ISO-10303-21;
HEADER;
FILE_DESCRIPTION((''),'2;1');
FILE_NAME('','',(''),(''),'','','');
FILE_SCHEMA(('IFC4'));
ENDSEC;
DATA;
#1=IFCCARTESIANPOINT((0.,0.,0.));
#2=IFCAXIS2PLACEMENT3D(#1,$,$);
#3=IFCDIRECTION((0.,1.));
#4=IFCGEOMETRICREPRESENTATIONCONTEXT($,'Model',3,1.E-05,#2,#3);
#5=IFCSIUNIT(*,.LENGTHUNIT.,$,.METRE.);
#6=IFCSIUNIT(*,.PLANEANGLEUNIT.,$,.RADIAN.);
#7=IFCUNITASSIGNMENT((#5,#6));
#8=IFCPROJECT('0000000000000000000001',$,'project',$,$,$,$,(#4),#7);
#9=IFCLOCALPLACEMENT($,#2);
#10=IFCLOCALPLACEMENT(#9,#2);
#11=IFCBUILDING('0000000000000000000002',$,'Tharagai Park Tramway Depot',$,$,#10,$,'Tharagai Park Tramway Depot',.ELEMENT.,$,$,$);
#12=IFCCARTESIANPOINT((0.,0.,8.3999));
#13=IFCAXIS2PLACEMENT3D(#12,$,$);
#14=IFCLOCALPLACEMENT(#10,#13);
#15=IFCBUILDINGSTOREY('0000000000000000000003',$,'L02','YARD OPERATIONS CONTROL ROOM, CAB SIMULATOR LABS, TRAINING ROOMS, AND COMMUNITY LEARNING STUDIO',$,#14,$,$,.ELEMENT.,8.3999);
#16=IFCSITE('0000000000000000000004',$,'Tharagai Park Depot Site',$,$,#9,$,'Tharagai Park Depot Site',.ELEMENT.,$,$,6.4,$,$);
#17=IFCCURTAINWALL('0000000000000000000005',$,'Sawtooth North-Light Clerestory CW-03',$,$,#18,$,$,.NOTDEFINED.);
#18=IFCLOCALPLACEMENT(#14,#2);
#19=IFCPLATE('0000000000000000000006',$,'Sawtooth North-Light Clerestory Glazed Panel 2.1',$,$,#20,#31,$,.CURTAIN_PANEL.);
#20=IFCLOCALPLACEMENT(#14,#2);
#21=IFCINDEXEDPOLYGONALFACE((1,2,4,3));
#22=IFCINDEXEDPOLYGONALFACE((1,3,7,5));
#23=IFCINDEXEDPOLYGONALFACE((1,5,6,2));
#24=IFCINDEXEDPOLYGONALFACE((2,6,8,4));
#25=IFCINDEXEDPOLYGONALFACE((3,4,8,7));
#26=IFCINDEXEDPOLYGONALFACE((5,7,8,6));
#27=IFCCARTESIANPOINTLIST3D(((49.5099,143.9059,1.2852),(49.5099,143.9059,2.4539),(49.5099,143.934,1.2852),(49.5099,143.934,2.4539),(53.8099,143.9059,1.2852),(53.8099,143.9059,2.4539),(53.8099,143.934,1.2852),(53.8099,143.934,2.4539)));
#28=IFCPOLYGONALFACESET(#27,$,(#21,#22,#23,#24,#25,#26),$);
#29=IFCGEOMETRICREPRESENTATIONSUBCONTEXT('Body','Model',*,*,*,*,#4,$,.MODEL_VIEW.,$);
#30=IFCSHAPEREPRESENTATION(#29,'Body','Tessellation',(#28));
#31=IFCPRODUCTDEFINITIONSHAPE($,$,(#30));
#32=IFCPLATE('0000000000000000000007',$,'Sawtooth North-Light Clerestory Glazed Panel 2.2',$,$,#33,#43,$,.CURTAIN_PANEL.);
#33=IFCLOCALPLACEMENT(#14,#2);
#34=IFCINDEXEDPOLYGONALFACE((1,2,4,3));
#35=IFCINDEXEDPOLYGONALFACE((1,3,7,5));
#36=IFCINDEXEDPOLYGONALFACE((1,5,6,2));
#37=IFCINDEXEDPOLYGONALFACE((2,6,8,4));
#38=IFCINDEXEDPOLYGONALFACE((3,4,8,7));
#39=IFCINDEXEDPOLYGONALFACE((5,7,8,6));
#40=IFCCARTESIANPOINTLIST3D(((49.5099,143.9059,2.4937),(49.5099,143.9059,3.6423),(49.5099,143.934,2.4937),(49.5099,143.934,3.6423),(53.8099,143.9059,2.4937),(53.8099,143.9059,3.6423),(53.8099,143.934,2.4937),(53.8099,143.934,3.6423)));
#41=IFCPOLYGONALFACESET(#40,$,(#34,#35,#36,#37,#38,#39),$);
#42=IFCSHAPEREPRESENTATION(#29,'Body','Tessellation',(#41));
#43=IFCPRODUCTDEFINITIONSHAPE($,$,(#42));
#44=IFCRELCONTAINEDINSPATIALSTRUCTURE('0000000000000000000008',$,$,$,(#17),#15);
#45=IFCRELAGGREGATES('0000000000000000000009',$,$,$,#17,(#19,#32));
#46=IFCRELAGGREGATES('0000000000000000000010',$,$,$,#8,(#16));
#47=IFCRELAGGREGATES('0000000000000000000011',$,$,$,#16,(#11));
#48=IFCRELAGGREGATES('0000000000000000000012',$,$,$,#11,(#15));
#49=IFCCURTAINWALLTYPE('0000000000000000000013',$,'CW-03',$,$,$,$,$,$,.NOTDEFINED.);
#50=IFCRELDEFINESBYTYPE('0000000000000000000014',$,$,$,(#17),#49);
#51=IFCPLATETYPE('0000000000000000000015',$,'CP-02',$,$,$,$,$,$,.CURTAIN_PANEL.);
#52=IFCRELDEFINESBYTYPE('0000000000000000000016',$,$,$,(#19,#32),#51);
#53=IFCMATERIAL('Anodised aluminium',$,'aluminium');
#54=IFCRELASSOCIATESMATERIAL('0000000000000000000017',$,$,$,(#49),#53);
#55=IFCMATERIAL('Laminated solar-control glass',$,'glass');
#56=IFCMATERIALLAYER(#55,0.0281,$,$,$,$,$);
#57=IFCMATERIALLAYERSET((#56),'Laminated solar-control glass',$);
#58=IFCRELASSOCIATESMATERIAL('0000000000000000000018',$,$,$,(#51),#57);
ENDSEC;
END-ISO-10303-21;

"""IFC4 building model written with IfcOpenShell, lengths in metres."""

from ifc_helpers import new_model, si_unit, direction, frame, origin, origin_2d, place, context, subcontext, project, spatial, rectangle, extrude, material, layer, layer_set, type_object, element, aggregate, save


model = new_model("IFC4")

# Units and contexts
model_context = context("Model", 3, precision=1e-05, world=origin(), true_north=direction((0.0, 1.0)))
body_context = subcontext(model_context, "Body", "Model", "MODEL_VIEW")
ifc_project = project(units=[si_unit("LENGTHUNIT", "METRE"), si_unit("PLANEANGLEUNIT", "RADIAN")], contexts=[model_context])

# Site, building, storey
site_placement = place(None, origin())
site = spatial("IfcSite", under=ifc_project, at=site_placement, Name="Tharagai Park Depot Site", LongName="Tharagai Park Depot Site", CompositionType="ELEMENT", RefElevation=6.4)
building_placement = place(site_placement, origin())
building = spatial("IfcBuilding", under=site, at=building_placement, Name="Tharagai Park Tramway Depot", LongName="Tharagai Park Tramway Depot", CompositionType="ELEMENT")
storey_placement = place(building_placement, frame((0.0, 0.0, 8.3999)))
storey = spatial("IfcBuildingStorey", under=building, at=storey_placement, Name="L02", Description="YARD OPERATIONS CONTROL ROOM, CAB SIMULATOR LABS, TRAINING ROOMS, AND COMMUNITY LEARNING STUDIO", CompositionType="ELEMENT", Elevation=8.3999)

# Curtain wall
ifc_material_1 = material(Name="Anodised aluminium", Category="aluminium")
curtain_wall_type_1 = type_object("IfcCurtainWallType", Name="CW-03", PredefinedType="NOTDEFINED", material=ifc_material_1)
curtain_wall_1_placement = place(storey_placement, origin())
curtain_wall_1 = element("IfcCurtainWall", 1, at=curtain_wall_1_placement, inside=storey, type_object=curtain_wall_type_1, Name="Sawtooth North-Light Clerestory CW-03", PredefinedType="NOTDEFINED")

# Plates
ifc_material_2 = material(Name="Laminated solar-control glass", Category="glass")
ifc_layer = layer(ifc_material_2, 0.0281)
ifc_layer_set = layer_set([ifc_layer], Name="Laminated solar-control glass")
plate_type = type_object("IfcPlateType", Name="CP-02", PredefinedType="CURTAIN_PANEL", material=ifc_layer_set)
plate_1_placement = place(storey_placement, frame((51.6599, 143.9199, 1.2852), z_axis=(0.0, 0.0, 1.0), x_axis=(1.0, 0.0, 0.0)))
plate_1 = element("IfcPlate", 2, at=plate_1_placement, type_object=plate_type, Name="Sawtooth North-Light Clerestory Glazed Panel 2.1", PredefinedType="CURTAIN_PANEL", context=body_context, shape_type="SweptSolid", body=[
    extrude(rectangle(XDim=4.3, YDim=0.0281, at=origin_2d()), origin(), (0.0, 0.0, 1.0), 1.1687),
])
plate_2_placement = place(storey_placement, frame((51.6599, 143.9199, 2.4937), z_axis=(0.0, 0.0, 1.0), x_axis=(1.0, 0.0, 0.0)))
plate_2 = element("IfcPlate", 3, at=plate_2_placement, type_object=plate_type, Name="Sawtooth North-Light Clerestory Glazed Panel 2.2", PredefinedType="CURTAIN_PANEL", context=body_context, shape_type="SweptSolid", body=[
    extrude(rectangle(XDim=4.3, YDim=0.0281, at=origin_2d()), origin(), (0.0, 0.0, 1.0), 1.1487),
])
aggregate(curtain_wall_1, [plate_1, plate_2])

save(model, "model.ifc")
